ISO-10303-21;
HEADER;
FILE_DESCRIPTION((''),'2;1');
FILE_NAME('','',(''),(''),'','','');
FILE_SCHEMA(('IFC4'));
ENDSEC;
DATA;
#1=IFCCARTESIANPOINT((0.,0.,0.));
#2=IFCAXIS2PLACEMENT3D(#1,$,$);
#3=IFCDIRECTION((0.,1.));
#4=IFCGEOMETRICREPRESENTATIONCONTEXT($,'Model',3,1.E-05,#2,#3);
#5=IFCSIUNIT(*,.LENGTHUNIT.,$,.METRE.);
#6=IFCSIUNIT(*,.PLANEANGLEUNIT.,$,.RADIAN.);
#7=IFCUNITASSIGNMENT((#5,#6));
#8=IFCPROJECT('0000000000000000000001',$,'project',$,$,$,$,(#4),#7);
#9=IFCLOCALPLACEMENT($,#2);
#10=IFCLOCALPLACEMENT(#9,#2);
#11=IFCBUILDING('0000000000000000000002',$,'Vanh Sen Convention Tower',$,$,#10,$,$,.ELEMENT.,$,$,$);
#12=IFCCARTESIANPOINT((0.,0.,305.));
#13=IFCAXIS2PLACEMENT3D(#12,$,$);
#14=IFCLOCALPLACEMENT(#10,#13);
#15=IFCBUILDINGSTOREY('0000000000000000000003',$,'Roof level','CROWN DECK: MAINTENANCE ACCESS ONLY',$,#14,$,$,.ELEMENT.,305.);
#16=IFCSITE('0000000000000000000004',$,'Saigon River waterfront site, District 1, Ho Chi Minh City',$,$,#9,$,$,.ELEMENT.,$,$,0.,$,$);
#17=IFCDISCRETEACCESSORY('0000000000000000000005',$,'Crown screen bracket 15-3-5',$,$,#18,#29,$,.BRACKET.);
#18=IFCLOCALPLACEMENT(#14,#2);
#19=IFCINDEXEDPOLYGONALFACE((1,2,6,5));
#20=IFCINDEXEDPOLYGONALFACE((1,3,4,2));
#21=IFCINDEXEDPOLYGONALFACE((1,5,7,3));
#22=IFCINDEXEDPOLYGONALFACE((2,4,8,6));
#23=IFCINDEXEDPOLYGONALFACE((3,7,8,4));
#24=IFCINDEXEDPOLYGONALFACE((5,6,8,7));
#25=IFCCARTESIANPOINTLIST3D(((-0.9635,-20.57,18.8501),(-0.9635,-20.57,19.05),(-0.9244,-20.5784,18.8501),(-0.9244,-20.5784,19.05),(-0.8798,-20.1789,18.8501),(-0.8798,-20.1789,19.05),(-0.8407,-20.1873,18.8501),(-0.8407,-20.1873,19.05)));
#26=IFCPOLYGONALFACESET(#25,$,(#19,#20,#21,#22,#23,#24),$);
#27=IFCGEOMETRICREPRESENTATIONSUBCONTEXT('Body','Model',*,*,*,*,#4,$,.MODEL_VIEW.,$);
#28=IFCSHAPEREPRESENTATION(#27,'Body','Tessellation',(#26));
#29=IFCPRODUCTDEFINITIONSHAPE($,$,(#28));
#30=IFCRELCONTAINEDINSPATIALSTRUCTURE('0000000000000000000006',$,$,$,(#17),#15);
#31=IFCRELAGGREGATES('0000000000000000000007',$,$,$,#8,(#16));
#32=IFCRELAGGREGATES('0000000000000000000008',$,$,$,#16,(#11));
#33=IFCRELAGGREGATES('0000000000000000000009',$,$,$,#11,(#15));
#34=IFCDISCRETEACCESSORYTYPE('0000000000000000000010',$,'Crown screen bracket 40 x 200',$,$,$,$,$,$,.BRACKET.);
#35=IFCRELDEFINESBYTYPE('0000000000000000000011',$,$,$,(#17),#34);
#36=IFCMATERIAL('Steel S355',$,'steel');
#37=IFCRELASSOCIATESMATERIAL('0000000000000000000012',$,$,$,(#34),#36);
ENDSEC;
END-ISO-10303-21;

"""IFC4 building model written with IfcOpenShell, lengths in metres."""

from ifc_helpers import new_model, si_unit, direction, frame, origin, origin_2d, place, context, subcontext, project, spatial, rectangle, extrude, material, type_object, element, save


model = new_model("IFC4")

# Units and contexts
model_context = context("Model", 3, precision=1e-05, world=origin(), true_north=direction((0.0, 1.0)))
body_context = subcontext(model_context, "Body", "Model", "MODEL_VIEW")
ifc_project = project(units=[si_unit("LENGTHUNIT", "METRE"), si_unit("PLANEANGLEUNIT", "RADIAN")], contexts=[model_context])

# Site, building, storey
site_placement = place(None, origin())
site = spatial("IfcSite", under=ifc_project, at=site_placement, Name="Saigon River waterfront site, District 1, Ho Chi Minh City", CompositionType="ELEMENT", RefElevation=0.0)
building_placement = place(site_placement, origin())
building = spatial("IfcBuilding", under=site, at=building_placement, Name="Vanh Sen Convention Tower", CompositionType="ELEMENT")
storey_placement = place(building_placement, frame((0.0, 0.0, 305.0)))
storey = spatial("IfcBuildingStorey", under=building, at=storey_placement, Name="Roof level", Description="CROWN DECK: MAINTENANCE ACCESS ONLY", CompositionType="ELEMENT", Elevation=305.0)

# Discrete accessory
ifc_material_1 = material(Name="Steel S355", Category="steel")
discrete_accessory_type_1 = type_object("IfcDiscreteAccessoryType", Name="Crown screen bracket 40 x 200", PredefinedType="BRACKET", material=ifc_material_1)
discrete_accessory_1_placement = place(storey_placement, frame((-0.9021, -20.3787, 18.8501), z_axis=(0.0, 0.0, 1.0), x_axis=(-0.209236, -0.977865, 0.0)))
element("IfcDiscreteAccessory", 1, at=discrete_accessory_1_placement, inside=storey, type_object=discrete_accessory_type_1, Name="Crown screen bracket 15-3-5", PredefinedType="BRACKET", context=body_context, shape_type="SweptSolid", body=[
    extrude(rectangle(XDim=0.3999, YDim=0.04, at=origin_2d()), origin(), (0.0, 0.0, 1.0), 0.2),
])

save(model, "model.ifc")
